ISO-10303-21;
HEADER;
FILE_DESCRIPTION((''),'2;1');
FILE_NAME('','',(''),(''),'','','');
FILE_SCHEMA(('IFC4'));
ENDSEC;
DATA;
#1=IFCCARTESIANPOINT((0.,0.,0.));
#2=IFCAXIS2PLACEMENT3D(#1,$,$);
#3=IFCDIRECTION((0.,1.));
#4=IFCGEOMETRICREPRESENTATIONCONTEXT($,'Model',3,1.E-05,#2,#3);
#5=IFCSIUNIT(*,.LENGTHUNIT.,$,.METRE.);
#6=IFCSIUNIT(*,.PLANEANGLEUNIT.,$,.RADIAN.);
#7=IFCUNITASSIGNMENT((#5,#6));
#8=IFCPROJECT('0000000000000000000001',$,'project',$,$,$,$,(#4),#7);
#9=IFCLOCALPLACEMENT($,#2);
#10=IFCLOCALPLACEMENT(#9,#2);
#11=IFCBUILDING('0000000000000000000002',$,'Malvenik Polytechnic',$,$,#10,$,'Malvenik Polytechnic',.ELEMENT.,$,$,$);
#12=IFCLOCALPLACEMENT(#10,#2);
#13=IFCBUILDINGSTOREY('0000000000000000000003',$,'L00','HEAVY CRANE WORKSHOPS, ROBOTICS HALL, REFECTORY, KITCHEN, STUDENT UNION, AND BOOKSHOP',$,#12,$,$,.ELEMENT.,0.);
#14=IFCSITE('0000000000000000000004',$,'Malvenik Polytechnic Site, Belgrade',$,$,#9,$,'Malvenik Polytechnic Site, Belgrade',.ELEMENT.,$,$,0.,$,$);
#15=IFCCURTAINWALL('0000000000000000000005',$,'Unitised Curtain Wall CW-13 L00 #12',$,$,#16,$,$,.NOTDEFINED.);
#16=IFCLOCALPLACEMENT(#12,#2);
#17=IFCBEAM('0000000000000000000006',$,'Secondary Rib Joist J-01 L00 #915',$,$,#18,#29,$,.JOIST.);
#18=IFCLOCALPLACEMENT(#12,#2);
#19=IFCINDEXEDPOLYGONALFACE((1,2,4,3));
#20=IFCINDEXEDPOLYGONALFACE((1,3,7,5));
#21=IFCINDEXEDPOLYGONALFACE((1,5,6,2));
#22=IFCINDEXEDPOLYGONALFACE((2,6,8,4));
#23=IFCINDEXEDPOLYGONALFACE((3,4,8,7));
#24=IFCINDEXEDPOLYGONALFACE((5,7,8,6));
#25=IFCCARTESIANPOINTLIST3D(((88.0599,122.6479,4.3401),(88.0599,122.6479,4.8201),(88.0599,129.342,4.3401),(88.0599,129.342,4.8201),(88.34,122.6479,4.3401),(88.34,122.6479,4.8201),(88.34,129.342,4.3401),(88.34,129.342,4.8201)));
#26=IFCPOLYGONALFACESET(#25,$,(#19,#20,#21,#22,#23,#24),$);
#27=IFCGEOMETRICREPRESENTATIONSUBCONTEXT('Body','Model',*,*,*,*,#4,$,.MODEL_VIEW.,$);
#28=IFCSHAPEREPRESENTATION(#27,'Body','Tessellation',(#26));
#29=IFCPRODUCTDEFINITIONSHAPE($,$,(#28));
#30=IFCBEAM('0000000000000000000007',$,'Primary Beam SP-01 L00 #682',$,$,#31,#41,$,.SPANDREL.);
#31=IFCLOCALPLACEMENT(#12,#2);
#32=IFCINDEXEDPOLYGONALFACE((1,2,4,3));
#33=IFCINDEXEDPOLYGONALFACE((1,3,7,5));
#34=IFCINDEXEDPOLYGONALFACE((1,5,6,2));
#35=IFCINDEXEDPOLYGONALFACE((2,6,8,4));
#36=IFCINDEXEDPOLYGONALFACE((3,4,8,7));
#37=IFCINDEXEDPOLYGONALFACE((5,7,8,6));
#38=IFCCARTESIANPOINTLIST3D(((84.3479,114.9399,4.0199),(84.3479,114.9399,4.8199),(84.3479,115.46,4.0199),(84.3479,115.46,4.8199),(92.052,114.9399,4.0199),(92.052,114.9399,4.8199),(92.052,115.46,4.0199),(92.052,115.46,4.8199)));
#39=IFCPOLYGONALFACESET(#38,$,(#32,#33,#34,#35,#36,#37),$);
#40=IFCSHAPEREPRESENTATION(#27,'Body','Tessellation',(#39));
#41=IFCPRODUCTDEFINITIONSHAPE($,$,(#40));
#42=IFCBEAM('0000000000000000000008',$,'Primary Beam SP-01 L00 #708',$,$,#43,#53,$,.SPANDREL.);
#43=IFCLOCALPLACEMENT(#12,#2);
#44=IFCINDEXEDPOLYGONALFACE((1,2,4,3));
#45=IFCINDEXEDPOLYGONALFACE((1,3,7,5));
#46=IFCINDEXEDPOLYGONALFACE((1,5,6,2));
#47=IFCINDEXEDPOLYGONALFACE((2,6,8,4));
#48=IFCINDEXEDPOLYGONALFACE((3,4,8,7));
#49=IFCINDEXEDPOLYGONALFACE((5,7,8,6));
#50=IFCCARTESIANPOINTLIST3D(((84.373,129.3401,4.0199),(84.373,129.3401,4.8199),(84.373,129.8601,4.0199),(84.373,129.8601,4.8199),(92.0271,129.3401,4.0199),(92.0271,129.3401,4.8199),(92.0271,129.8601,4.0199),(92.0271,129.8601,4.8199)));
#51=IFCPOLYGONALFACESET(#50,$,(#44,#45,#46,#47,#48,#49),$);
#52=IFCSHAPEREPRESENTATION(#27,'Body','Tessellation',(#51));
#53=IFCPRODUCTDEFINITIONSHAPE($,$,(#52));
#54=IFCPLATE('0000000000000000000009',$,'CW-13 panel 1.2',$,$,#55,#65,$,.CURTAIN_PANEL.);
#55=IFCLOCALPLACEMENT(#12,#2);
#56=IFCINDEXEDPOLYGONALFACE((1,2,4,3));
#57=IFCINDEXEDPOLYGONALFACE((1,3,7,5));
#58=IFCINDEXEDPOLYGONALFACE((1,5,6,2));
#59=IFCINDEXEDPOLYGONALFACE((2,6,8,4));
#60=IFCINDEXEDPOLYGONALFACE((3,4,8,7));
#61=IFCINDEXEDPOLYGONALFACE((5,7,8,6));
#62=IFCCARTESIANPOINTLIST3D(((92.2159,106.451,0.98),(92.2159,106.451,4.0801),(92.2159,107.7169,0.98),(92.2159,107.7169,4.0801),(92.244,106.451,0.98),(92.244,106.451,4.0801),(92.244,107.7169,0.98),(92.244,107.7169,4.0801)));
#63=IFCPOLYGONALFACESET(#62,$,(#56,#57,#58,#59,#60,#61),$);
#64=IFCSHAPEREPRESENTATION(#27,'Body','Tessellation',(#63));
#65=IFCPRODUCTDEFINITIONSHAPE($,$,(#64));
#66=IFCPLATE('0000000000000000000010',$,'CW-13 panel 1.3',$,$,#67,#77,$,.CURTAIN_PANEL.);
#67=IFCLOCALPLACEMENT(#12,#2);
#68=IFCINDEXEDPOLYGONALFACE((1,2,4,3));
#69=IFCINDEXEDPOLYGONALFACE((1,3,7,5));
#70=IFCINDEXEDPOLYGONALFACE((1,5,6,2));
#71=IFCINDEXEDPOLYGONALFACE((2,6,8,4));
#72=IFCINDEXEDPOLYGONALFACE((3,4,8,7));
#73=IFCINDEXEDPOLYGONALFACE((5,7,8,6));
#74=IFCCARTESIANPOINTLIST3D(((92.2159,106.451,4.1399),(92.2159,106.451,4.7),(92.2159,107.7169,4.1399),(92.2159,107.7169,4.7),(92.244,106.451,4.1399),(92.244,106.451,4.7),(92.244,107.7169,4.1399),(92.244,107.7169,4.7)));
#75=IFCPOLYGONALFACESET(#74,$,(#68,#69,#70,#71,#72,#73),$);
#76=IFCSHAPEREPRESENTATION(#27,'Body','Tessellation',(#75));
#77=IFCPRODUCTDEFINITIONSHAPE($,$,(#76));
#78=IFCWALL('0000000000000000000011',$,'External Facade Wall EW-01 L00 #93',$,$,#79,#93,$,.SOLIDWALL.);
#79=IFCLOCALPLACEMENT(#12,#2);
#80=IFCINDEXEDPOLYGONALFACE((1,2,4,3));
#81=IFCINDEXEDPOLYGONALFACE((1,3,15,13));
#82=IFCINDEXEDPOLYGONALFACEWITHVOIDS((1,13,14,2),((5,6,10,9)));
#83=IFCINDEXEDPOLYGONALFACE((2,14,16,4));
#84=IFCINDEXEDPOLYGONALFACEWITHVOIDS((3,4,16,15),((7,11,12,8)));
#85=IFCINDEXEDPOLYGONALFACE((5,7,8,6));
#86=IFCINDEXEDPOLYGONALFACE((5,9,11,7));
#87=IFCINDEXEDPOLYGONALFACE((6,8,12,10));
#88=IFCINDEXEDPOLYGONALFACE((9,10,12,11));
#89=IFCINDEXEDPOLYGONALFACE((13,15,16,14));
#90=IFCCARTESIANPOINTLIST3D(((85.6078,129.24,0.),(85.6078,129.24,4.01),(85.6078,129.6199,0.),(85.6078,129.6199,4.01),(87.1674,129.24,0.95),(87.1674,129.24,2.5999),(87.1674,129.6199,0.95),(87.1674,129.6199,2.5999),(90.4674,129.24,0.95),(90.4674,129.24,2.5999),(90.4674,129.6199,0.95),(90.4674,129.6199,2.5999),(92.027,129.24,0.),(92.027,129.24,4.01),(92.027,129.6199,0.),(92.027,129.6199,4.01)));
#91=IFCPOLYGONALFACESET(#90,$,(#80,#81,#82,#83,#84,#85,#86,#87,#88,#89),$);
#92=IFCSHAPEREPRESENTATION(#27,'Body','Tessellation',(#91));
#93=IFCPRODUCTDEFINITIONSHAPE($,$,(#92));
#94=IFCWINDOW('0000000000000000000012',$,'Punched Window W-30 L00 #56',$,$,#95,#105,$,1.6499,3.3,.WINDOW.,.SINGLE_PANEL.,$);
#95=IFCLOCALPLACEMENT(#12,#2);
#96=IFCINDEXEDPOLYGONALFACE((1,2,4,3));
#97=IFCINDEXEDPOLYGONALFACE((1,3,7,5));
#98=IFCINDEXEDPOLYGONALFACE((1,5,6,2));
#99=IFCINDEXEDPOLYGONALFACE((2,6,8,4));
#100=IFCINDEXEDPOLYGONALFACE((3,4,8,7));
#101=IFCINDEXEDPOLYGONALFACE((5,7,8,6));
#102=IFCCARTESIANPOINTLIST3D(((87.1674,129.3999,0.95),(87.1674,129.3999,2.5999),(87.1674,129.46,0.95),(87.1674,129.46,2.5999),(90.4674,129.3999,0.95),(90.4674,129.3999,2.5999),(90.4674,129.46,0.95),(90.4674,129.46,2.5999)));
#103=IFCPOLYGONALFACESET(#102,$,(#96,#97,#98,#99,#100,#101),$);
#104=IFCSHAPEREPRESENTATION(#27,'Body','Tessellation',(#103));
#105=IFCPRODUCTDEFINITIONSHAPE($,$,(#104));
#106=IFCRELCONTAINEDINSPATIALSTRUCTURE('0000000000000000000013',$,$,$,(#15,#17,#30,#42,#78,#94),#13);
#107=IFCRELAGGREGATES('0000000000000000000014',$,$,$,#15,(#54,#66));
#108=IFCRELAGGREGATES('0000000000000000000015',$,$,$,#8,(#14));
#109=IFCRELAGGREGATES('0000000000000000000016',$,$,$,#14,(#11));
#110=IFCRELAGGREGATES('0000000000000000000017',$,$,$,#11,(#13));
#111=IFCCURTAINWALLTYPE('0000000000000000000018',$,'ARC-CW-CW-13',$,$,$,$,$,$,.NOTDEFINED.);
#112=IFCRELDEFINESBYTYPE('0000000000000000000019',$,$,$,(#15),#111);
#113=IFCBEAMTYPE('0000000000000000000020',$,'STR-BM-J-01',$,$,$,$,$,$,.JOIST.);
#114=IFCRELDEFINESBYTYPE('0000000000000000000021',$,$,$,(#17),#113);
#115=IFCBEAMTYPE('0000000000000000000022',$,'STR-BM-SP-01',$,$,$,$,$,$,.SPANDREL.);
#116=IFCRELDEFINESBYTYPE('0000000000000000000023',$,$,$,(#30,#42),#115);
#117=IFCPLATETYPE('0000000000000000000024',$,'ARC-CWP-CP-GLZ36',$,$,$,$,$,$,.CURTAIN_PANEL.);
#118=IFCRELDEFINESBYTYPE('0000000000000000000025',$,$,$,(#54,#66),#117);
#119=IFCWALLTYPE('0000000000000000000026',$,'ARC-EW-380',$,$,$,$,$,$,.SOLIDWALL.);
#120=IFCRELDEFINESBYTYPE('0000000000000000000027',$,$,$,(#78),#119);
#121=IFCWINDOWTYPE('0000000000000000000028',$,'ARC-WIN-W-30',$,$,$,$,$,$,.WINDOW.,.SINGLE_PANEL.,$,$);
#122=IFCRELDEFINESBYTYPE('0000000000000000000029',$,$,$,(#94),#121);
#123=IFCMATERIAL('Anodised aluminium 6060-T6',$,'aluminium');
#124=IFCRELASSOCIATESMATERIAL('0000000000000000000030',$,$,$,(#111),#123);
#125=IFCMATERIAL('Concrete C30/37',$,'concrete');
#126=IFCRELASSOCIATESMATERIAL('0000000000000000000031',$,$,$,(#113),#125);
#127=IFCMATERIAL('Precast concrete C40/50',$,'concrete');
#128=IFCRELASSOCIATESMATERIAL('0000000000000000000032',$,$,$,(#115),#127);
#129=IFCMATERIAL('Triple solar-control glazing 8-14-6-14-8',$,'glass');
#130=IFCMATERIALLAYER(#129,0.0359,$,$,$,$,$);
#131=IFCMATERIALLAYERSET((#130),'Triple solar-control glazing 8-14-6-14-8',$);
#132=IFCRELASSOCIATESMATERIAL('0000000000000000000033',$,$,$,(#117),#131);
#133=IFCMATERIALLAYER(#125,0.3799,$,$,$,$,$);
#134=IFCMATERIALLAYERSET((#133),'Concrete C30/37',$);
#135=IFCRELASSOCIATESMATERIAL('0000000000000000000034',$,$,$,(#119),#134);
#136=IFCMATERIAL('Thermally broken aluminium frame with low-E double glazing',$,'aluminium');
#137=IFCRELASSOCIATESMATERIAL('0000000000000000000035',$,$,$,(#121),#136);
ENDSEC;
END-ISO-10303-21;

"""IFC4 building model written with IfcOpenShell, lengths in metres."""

from ifc_helpers import new_model, si_unit, direction, frame, frame_2d, origin, origin_2d, place, context, subcontext, project, spatial, rectangle, extrude, material, layer, layer_set, material_profile, profile_set, type_object, element, fill, aggregate, save


model = new_model("IFC4")

# Units and contexts
model_context = context("Model", 3, precision=1e-05, world=origin(), true_north=direction((0.0, 1.0)))
body_context = subcontext(model_context, "Body", "Model", "MODEL_VIEW")
ifc_project = project(units=[si_unit("LENGTHUNIT", "METRE"), si_unit("PLANEANGLEUNIT", "RADIAN")], contexts=[model_context])

# Site, building, storey
site_placement = place(None, origin())
site = spatial("IfcSite", under=ifc_project, at=site_placement, Name="Malvenik Polytechnic Site, Belgrade", LongName="Malvenik Polytechnic Site, Belgrade", CompositionType="ELEMENT", RefElevation=0.0)
building_placement = place(site_placement, origin())
building = spatial("IfcBuilding", under=site, at=building_placement, Name="Malvenik Polytechnic", LongName="Malvenik Polytechnic", CompositionType="ELEMENT")
storey_placement = place(building_placement, origin())
storey = spatial("IfcBuildingStorey", under=building, at=storey_placement, Name="L00", Description="HEAVY CRANE WORKSHOPS, ROBOTICS HALL, REFECTORY, KITCHEN, STUDENT UNION, AND BOOKSHOP", CompositionType="ELEMENT", Elevation=0.0)

# Shared definitions
ifc_material_1 = material(Name="Precast concrete C40/50", Category="concrete")

# Curtain wall
ifc_material_2 = material(Name="Anodised aluminium 6060-T6", Category="aluminium")
curtain_wall_type = type_object("IfcCurtainWallType", Name="ARC-CW-CW-13", PredefinedType="NOTDEFINED", material=ifc_material_2)
curtain_wall_placement = place(storey_placement, origin())
curtain_wall = element("IfcCurtainWall", 1, at=curtain_wall_placement, inside=storey, type_object=curtain_wall_type, Name="Unitised Curtain Wall CW-13 L00 #12", PredefinedType="NOTDEFINED")

# Beams
ifc_material_3 = material(Name="Concrete C30/37", Category="concrete")
ifc_material_profile_1 = material_profile(ifc_material_3, rectangle(XDim=0.28, YDim=0.48, at=origin_2d()), Name="RC JST 280x480")
ifc_profile_set_1 = profile_set([ifc_material_profile_1], Name="Concrete C30/37")
beam_type_1 = type_object("IfcBeamType", Name="STR-BM-J-01", PredefinedType="JOIST", material=ifc_profile_set_1)
for number, where, z_axis, x_axis, name in (
    (2, (88.2, 122.6479, 4.5801), (0.0, 1.0, 0.0), (-1.0, 0.0, 0.0), "Secondary Rib Joist J-01 L00 #915"),
):
    element("IfcBeam", number, at=place(storey_placement, frame(where, z_axis=z_axis, x_axis=x_axis)), inside=storey, type_object=beam_type_1, Name=name, PredefinedType="JOIST", context=body_context, shape_type="SweptSolid", body=[
        extrude(rectangle(XDim=0.28, YDim=0.48, at=origin_2d()), origin(), (0.0, 0.0, 1.0), 6.6941),
    ])
ifc_material_profile_2 = material_profile(ifc_material_1, rectangle(XDim=0.52, YDim=0.8, at=origin_2d()), Name="PC SPN 520x800")
ifc_profile_set_2 = profile_set([ifc_material_profile_2], Name="Precast concrete C40/50")
beam_type_2 = type_object("IfcBeamType", Name="STR-BM-SP-01", PredefinedType="SPANDREL", material=ifc_profile_set_2)
beam_1_placement = place(storey_placement, frame((84.3479, 115.2, 4.4199), z_axis=(1.0, 0.0, 0.0), x_axis=(0.0, 1.0, 0.0)))
element("IfcBeam", 3, at=beam_1_placement, inside=storey, type_object=beam_type_2, Name="Primary Beam SP-01 L00 #682", PredefinedType="SPANDREL", context=body_context, shape_type="SweptSolid", body=[
    extrude(rectangle(XDim=0.52, YDim=0.8, at=origin_2d()), origin(), (0.0, 0.0, 1.0), 7.7041),
])
beam_2_placement = place(storey_placement, frame((84.373, 129.6001, 4.4199), z_axis=(1.0, 0.0, 0.0), x_axis=(0.0, 1.0, 0.0)))
element("IfcBeam", 4, at=beam_2_placement, inside=storey, type_object=beam_type_2, Name="Primary Beam SP-01 L00 #708", PredefinedType="SPANDREL", context=body_context, shape_type="SweptSolid", body=[
    extrude(rectangle(XDim=0.52, YDim=0.8, at=origin_2d()), origin(), (0.0, 0.0, 1.0), 7.6541),
])

# Plates
ifc_material_4 = material(Name="Triple solar-control glazing 8-14-6-14-8", Category="glass")
ifc_layer_1 = layer(ifc_material_4, 0.0359)
ifc_layer_set_1 = layer_set([ifc_layer_1], Name="Triple solar-control glazing 8-14-6-14-8")
plate_type = type_object("IfcPlateType", Name="ARC-CWP-CP-GLZ36", PredefinedType="CURTAIN_PANEL", material=ifc_layer_set_1)
plate_1_placement = place(storey_placement, frame((92.23, 107.084, 0.98), z_axis=(0.0, 0.0, 1.0), x_axis=(0.0, -1.0, 0.0)))
plate_1 = element("IfcPlate", 5, at=plate_1_placement, type_object=plate_type, Name="CW-13 panel 1.2", PredefinedType="CURTAIN_PANEL", context=body_context, shape_type="SweptSolid", body=[
    extrude(rectangle(XDim=1.2659, YDim=0.0281, at=origin_2d()), origin(), (0.0, 0.0, 1.0), 3.1001),
])
plate_2_placement = place(storey_placement, frame((92.23, 107.084, 4.1399), z_axis=(0.0, 0.0, 1.0), x_axis=(0.0, -1.0, 0.0)))
plate_2 = element("IfcPlate", 6, at=plate_2_placement, type_object=plate_type, Name="CW-13 panel 1.3", PredefinedType="CURTAIN_PANEL", context=body_context, shape_type="SweptSolid", body=[
    extrude(rectangle(XDim=1.2659, YDim=0.0281, at=origin_2d()), origin(), (0.0, 0.0, 1.0), 0.5601),
])
aggregate(curtain_wall, [plate_1, plate_2])

# Wall, opening, window
ifc_layer_2 = layer(ifc_material_3, 0.3799)
ifc_layer_set_2 = layer_set([ifc_layer_2], Name="Concrete C30/37")
wall_type = type_object("IfcWallType", Name="ARC-EW-380", PredefinedType="SOLIDWALL", material=ifc_layer_set_2)
wall_placement = place(storey_placement, frame((85.6079, 129.4299, 0.0), z_axis=(0.0, 0.0, 1.0), x_axis=(1.0, 0.0, 0.0)))
wall = element("IfcWall", 7, at=wall_placement, inside=storey, type_object=wall_type, Name="External Facade Wall EW-01 L00 #93", PredefinedType="SOLIDWALL", context=body_context, shape_type="SweptSolid", body=[
    extrude(rectangle(XDim=6.4192, YDim=0.3799, at=frame_2d((3.2095, 0.0))), origin(), (0.0, 0.0, 1.0), 4.01),
])
opening_placement = place(wall_placement, frame((1.5596, 0.0, 0.95)))
opening = element("IfcOpeningElement", 8, at=opening_placement, cuts=wall, PredefinedType="OPENING", context=body_context, shape_type="SweptSolid", body=[
    extrude(rectangle(XDim=3.3, YDim=1.6499, at=frame_2d((1.6499, 0.825))), frame((0.0, 0.2, 0.0), z_axis=(0.0, -1.0, 0.0), x_axis=(1.0, 0.0, 0.0)), (0.0, 0.0, 1.0), 0.3999),
])
ifc_material_5 = material(Name="Thermally broken aluminium frame with low-E double glazing", Category="aluminium")
window_type = type_object("IfcWindowType", Name="ARC-WIN-W-30", PartitioningType="SINGLE_PANEL", PredefinedType="WINDOW", material=ifc_material_5)
window_placement = place(opening_placement, origin())
window = element("IfcWindow", 9, at=window_placement, inside=storey, type_object=window_type, Name="Punched Window W-30 L00 #56", OverallHeight=1.6499, OverallWidth=3.3, PartitioningType="SINGLE_PANEL", PredefinedType="WINDOW", context=body_context, shape_type="SweptSolid", body=[
    extrude(rectangle(XDim=3.3, YDim=1.6499, at=frame_2d((1.6499, 0.825))), frame((0.0, 0.03, 0.0), z_axis=(0.0, -1.0, 0.0), x_axis=(1.0, 0.0, 0.0)), (0.0, 0.0, 1.0), 0.0601),
])
fill(opening, window)

save(model, "model.ifc")
